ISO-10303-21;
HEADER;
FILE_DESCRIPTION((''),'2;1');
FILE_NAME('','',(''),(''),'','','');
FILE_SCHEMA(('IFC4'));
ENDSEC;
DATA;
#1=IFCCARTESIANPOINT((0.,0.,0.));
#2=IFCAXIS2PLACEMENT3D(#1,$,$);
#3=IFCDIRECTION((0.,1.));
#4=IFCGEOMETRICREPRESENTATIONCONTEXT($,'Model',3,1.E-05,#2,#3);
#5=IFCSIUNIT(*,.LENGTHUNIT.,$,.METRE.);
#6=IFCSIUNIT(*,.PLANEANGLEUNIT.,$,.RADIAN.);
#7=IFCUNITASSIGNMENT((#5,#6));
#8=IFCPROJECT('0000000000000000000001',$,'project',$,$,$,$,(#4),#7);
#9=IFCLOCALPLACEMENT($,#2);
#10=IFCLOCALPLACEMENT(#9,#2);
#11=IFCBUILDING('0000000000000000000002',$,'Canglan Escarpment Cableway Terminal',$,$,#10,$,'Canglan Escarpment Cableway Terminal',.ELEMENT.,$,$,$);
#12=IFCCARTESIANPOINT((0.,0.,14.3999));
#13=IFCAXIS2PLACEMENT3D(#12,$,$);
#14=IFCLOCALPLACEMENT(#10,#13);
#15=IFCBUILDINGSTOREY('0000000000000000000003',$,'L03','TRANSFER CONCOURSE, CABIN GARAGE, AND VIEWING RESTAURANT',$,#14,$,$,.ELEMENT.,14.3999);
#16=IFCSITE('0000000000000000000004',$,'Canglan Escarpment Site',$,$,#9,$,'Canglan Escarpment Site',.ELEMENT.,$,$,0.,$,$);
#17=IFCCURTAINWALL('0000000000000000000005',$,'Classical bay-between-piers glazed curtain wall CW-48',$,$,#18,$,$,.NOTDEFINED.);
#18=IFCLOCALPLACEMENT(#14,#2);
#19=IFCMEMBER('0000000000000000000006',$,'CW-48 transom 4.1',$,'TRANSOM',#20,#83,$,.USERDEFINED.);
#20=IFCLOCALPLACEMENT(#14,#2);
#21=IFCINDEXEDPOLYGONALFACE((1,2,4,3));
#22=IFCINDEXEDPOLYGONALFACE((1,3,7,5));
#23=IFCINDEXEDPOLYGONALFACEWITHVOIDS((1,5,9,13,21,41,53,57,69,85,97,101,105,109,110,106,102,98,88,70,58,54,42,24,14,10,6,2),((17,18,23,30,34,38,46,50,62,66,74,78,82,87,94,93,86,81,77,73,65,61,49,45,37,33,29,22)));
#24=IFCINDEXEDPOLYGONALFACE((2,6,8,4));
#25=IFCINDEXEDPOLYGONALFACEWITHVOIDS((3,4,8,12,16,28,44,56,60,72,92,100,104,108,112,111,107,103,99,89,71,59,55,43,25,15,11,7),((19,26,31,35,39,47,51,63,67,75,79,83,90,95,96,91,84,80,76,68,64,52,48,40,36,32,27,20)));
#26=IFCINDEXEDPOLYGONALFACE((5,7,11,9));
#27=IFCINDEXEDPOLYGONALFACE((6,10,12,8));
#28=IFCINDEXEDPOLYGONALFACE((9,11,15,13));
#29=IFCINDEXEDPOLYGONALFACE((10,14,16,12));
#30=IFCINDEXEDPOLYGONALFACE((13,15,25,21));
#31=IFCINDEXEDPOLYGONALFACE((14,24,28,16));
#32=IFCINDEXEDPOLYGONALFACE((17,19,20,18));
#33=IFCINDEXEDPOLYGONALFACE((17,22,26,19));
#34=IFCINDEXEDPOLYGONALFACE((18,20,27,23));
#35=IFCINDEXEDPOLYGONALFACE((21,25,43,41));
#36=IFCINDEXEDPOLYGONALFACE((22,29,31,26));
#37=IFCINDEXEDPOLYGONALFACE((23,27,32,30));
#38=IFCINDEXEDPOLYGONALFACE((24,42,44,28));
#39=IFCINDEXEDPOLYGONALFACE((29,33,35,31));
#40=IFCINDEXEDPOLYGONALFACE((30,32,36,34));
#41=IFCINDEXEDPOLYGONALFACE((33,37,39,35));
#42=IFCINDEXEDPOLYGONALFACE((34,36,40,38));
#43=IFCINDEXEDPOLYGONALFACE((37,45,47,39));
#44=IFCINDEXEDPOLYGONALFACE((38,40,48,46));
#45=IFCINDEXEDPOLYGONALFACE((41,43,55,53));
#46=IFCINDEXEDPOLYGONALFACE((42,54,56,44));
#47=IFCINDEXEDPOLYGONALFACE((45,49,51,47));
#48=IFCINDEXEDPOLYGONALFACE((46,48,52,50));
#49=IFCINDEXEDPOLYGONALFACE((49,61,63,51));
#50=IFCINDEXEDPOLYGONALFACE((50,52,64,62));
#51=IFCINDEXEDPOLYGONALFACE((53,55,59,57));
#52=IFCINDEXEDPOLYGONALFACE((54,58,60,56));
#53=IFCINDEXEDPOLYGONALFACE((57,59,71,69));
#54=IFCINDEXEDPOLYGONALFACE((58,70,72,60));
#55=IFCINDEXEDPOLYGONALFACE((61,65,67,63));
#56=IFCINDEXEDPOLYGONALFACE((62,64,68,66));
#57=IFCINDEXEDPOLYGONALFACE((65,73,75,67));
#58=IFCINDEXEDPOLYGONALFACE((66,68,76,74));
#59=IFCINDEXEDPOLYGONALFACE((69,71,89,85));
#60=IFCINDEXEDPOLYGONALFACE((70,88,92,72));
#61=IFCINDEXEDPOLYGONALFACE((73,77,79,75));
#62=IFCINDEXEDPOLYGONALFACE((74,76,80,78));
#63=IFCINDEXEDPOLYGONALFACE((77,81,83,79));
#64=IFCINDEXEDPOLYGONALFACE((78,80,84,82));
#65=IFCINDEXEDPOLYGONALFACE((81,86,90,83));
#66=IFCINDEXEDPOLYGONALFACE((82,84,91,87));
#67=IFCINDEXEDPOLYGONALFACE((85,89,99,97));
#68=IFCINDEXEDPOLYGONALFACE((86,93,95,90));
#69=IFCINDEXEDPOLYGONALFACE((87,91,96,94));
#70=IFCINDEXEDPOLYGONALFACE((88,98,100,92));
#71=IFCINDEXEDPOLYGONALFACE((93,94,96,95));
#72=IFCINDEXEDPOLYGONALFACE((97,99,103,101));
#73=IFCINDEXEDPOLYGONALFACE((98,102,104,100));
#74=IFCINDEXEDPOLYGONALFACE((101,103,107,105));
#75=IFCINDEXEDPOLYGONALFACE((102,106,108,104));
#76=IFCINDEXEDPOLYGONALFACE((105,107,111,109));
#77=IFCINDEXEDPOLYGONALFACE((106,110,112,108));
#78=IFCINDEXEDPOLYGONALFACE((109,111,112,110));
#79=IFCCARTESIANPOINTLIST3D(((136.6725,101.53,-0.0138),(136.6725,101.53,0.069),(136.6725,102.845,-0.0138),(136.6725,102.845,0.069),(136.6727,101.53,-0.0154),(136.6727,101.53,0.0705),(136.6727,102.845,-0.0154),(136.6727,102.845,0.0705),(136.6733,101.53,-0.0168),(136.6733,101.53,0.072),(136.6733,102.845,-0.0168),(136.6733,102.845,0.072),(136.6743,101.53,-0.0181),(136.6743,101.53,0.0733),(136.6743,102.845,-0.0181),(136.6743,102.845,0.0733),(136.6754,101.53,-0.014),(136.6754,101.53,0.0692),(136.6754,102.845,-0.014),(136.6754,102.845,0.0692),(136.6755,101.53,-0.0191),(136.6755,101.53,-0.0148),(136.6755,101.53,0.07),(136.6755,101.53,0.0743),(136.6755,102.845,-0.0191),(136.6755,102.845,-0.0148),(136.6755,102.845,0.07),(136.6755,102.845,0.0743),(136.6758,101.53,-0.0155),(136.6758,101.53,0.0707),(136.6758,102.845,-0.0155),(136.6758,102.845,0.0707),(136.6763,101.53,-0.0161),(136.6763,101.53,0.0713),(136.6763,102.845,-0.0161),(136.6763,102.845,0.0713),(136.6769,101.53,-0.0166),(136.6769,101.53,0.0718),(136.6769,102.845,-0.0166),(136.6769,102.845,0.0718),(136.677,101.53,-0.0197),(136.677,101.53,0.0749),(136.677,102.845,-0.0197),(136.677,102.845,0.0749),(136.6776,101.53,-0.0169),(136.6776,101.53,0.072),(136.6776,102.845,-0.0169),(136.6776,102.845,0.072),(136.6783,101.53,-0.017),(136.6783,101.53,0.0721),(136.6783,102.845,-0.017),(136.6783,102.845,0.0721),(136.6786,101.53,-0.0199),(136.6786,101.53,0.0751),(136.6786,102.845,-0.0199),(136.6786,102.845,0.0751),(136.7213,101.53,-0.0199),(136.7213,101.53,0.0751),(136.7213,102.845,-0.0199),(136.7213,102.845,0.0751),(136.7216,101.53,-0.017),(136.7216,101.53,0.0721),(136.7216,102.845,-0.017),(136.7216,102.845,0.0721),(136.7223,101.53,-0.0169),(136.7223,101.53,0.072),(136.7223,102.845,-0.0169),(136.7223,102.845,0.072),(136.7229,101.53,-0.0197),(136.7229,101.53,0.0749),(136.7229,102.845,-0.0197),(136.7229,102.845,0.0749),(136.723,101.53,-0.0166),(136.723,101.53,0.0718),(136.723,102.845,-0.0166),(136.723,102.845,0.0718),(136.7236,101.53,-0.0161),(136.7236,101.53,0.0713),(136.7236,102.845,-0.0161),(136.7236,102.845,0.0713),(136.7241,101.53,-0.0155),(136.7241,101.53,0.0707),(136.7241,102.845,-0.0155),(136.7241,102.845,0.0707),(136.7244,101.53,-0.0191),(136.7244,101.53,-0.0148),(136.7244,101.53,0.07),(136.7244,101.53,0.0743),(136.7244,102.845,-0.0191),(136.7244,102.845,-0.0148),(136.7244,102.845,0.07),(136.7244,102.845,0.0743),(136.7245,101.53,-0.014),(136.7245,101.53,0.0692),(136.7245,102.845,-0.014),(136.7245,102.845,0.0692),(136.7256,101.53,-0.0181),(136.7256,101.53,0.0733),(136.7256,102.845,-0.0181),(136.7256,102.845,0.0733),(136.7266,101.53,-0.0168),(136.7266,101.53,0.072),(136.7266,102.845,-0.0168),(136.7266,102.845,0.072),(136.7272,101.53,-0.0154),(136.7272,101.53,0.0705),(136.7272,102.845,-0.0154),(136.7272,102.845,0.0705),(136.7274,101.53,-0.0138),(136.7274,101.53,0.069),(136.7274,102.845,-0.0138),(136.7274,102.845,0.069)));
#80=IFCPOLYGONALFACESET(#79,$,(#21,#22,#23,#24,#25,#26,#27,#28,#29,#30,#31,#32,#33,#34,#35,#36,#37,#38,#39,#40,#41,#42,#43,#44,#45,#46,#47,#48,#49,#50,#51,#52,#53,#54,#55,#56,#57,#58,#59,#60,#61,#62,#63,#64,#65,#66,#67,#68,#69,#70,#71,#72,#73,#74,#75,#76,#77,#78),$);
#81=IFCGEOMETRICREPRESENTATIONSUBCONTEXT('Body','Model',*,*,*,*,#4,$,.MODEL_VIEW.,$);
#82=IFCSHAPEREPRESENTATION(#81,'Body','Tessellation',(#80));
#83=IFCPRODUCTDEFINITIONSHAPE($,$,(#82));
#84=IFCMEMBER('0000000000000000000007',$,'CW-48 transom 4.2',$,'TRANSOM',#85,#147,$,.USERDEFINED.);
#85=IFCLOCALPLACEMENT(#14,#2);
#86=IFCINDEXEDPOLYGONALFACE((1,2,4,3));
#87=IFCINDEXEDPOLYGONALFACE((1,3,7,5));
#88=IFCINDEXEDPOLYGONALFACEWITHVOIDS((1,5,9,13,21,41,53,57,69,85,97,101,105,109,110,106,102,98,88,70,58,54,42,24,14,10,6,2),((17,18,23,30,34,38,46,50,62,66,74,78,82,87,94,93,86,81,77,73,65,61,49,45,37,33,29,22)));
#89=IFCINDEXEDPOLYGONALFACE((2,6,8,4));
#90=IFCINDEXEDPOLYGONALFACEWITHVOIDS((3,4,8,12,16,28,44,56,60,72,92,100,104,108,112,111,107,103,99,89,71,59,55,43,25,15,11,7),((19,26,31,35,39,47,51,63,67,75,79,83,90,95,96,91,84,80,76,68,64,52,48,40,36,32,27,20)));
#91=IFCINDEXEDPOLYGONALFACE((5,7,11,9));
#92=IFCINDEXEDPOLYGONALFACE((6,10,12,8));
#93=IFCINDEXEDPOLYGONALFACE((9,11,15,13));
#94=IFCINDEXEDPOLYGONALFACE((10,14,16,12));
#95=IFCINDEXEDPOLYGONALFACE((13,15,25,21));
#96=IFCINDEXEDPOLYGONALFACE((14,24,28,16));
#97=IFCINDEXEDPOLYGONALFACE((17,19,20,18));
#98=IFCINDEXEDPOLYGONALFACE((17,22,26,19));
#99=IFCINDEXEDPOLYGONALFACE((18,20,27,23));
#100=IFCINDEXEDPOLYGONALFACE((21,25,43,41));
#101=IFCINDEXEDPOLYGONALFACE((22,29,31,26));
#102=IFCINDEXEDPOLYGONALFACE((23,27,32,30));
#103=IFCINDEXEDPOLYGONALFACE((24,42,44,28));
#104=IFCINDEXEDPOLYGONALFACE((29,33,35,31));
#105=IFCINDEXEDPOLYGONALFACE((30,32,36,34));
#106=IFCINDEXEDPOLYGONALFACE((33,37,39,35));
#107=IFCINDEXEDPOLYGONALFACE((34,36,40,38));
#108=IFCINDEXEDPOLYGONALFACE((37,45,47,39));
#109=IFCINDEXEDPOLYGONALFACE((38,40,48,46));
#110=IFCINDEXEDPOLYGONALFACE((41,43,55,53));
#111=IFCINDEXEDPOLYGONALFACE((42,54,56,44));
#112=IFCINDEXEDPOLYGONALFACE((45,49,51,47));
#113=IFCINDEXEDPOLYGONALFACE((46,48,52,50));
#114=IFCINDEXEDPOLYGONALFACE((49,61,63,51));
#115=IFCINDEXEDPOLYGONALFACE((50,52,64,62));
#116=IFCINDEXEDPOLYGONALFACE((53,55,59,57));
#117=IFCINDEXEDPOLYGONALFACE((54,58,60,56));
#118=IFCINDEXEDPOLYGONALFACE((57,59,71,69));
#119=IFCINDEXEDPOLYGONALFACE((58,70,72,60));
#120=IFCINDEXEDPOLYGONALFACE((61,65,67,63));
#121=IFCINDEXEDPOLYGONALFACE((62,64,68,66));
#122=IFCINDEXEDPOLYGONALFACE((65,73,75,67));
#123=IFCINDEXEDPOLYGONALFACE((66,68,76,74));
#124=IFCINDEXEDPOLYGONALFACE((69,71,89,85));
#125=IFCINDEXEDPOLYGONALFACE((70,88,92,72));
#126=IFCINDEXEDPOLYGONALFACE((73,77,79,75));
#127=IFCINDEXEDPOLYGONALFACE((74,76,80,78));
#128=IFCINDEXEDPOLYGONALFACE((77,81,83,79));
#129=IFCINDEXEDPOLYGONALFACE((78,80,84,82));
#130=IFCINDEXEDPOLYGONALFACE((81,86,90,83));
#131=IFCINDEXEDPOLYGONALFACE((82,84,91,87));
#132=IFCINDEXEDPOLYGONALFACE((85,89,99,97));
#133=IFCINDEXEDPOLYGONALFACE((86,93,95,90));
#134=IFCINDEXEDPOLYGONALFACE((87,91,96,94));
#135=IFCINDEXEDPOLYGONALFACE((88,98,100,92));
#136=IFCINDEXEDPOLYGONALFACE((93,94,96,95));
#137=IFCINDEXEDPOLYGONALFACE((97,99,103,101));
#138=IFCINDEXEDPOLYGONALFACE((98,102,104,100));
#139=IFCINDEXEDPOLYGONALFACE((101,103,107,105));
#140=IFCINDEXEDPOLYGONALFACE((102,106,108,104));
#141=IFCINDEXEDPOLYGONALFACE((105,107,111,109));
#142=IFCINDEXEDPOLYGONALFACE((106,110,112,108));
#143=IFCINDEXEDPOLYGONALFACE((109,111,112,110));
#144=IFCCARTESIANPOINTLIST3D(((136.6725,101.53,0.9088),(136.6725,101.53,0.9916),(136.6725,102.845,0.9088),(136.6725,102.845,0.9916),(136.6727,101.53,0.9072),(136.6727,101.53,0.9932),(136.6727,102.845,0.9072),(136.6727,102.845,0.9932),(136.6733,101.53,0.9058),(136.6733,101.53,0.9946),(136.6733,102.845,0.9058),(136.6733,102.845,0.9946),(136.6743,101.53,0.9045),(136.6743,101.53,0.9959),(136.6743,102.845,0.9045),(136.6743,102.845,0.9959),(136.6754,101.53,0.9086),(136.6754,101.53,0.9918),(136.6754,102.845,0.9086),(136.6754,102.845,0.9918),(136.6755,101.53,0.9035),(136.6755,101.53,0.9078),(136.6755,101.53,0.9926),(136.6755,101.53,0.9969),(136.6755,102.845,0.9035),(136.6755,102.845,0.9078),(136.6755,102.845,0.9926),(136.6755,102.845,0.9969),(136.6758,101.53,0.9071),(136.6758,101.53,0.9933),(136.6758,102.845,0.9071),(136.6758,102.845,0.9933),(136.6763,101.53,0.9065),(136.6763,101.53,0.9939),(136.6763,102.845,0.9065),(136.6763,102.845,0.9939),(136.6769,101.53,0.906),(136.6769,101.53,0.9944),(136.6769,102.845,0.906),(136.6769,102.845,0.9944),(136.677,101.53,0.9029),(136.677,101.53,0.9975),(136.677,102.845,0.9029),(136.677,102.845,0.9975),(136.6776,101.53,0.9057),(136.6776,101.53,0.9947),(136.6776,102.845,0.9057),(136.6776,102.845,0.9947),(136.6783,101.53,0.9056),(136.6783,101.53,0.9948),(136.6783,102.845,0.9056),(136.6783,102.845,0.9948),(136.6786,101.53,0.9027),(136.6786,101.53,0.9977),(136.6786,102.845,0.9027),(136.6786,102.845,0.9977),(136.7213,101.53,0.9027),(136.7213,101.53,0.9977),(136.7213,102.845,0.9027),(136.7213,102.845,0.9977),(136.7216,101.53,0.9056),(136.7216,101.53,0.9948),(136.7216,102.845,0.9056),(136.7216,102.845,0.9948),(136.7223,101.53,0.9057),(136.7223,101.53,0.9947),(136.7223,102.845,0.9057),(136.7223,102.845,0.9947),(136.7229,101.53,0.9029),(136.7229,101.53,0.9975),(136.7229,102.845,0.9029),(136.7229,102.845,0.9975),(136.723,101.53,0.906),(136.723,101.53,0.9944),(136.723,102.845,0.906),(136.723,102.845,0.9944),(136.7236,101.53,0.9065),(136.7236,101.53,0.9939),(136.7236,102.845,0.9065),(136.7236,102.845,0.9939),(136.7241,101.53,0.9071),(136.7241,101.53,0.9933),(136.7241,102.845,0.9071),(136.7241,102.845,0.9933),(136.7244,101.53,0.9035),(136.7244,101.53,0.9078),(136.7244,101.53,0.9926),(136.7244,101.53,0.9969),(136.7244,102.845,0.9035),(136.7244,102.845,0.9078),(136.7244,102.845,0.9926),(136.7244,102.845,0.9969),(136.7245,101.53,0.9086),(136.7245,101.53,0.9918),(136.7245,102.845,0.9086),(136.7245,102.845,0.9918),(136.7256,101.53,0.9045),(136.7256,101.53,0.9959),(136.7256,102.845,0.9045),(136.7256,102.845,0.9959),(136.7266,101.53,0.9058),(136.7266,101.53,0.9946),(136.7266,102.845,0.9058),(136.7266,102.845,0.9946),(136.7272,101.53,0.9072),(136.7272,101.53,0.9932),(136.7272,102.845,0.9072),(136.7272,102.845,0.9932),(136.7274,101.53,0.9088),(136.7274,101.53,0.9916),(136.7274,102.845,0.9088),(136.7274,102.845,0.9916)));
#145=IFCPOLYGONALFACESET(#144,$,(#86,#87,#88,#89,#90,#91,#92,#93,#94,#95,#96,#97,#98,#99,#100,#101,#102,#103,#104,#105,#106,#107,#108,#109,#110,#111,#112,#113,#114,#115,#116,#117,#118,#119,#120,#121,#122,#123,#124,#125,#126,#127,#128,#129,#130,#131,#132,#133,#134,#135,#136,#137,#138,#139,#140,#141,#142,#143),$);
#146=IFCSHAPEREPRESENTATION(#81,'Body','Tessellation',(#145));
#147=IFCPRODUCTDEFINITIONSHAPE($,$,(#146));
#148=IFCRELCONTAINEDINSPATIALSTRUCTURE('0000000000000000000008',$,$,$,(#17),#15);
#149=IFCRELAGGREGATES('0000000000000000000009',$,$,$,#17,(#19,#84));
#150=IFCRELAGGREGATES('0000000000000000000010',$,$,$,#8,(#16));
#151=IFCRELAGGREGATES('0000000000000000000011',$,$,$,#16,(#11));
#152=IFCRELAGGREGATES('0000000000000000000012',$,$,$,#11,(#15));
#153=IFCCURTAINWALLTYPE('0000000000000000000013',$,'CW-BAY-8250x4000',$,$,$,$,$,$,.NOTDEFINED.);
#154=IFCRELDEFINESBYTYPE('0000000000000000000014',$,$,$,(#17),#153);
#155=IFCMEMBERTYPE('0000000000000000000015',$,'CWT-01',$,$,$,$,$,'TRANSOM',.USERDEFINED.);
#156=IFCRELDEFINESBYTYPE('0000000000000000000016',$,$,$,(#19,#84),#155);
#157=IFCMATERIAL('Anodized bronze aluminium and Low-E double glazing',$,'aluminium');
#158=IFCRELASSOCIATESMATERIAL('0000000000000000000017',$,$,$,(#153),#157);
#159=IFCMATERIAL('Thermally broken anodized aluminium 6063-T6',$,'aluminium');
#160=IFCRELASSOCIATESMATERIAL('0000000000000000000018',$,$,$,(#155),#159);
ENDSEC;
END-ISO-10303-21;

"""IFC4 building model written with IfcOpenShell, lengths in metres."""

from ifc_helpers import new_model, si_unit, direction, frame, origin, origin_2d, place, context, subcontext, project, spatial, hollow_rectangle, extrude, material, material_profile, profile_set, type_object, element, aggregate, save


model = new_model("IFC4")

# Units and contexts
model_context = context("Model", 3, precision=1e-05, world=origin(), true_north=direction((0.0, 1.0)))
body_context = subcontext(model_context, "Body", "Model", "MODEL_VIEW")
ifc_project = project(units=[si_unit("LENGTHUNIT", "METRE"), si_unit("PLANEANGLEUNIT", "RADIAN")], contexts=[model_context])

# Site, building, storey
site_placement = place(None, origin())
site = spatial("IfcSite", under=ifc_project, at=site_placement, Name="Canglan Escarpment Site", LongName="Canglan Escarpment Site", CompositionType="ELEMENT", RefElevation=0.0)
building_placement = place(site_placement, origin())
building = spatial("IfcBuilding", under=site, at=building_placement, Name="Canglan Escarpment Cableway Terminal", LongName="Canglan Escarpment Cableway Terminal", CompositionType="ELEMENT")
storey_placement = place(building_placement, frame((0.0, 0.0, 14.3999)))
storey = spatial("IfcBuildingStorey", under=building, at=storey_placement, Name="L03", Description="TRANSFER CONCOURSE, CABIN GARAGE, AND VIEWING RESTAURANT", CompositionType="ELEMENT", Elevation=14.3999)

# Curtain wall, members
ifc_material_1 = material(Name="Anodized bronze aluminium and Low-E double glazing", Category="aluminium")
curtain_wall_type = type_object("IfcCurtainWallType", Name="CW-BAY-8250x4000", PredefinedType="NOTDEFINED", material=ifc_material_1)
curtain_wall_placement = place(storey_placement, origin())
curtain_wall = element("IfcCurtainWall", 1, at=curtain_wall_placement, inside=storey, type_object=curtain_wall_type, Name="Classical bay-between-piers glazed curtain wall CW-48", PredefinedType="NOTDEFINED")
ifc_material_2 = material(Name="Thermally broken anodized aluminium 6063-T6", Category="aluminium")
ifc_material_profile_1 = material_profile(ifc_material_2, hollow_rectangle(XDim=0.0549, YDim=0.095, WallThickness=0.0029, InnerFilletRadius=0.0029, OuterFilletRadius=0.0061, at=origin_2d()), Name="ALU-TRAN 55x95x3")
ifc_profile_set_1 = profile_set([ifc_material_profile_1], Name="Thermally broken anodized aluminium 6063-T6")
member_type_1 = type_object("IfcMemberType", Name="CWT-01", ElementType="TRANSOM", PredefinedType="USERDEFINED", material=ifc_profile_set_1)
member_1_placement = place(storey_placement, frame((136.7, 101.53, 0.0276), z_axis=(0.0, 1.0, 0.0), x_axis=(-1.0, 0.0, 0.0)))
member_1 = element("IfcMember", 2, at=member_1_placement, type_object=member_type_1, Name="CW-48 transom 4.1", ObjectType="TRANSOM", PredefinedType="USERDEFINED", context=body_context, shape_type="SweptSolid", body=[
    extrude(hollow_rectangle(XDim=0.0549, YDim=0.095, WallThickness=0.0029, InnerFilletRadius=0.0029, OuterFilletRadius=0.0061, at=origin_2d()), origin(), (0.0, 0.0, 1.0), 1.3149),
])
member_2_placement = place(storey_placement, frame((136.7, 101.53, 0.9502), z_axis=(0.0, 1.0, 0.0), x_axis=(-1.0, 0.0, 0.0)))
member_2 = element("IfcMember", 3, at=member_2_placement, type_object=member_type_1, Name="CW-48 transom 4.2", ObjectType="TRANSOM", PredefinedType="USERDEFINED", context=body_context, shape_type="SweptSolid", body=[
    extrude(hollow_rectangle(XDim=0.0549, YDim=0.095, WallThickness=0.0029, InnerFilletRadius=0.0029, OuterFilletRadius=0.0061, at=origin_2d()), origin(), (0.0, 0.0, 1.0), 1.3149),
])
aggregate(curtain_wall, [member_1, member_2])

save(model, "model.ifc")
